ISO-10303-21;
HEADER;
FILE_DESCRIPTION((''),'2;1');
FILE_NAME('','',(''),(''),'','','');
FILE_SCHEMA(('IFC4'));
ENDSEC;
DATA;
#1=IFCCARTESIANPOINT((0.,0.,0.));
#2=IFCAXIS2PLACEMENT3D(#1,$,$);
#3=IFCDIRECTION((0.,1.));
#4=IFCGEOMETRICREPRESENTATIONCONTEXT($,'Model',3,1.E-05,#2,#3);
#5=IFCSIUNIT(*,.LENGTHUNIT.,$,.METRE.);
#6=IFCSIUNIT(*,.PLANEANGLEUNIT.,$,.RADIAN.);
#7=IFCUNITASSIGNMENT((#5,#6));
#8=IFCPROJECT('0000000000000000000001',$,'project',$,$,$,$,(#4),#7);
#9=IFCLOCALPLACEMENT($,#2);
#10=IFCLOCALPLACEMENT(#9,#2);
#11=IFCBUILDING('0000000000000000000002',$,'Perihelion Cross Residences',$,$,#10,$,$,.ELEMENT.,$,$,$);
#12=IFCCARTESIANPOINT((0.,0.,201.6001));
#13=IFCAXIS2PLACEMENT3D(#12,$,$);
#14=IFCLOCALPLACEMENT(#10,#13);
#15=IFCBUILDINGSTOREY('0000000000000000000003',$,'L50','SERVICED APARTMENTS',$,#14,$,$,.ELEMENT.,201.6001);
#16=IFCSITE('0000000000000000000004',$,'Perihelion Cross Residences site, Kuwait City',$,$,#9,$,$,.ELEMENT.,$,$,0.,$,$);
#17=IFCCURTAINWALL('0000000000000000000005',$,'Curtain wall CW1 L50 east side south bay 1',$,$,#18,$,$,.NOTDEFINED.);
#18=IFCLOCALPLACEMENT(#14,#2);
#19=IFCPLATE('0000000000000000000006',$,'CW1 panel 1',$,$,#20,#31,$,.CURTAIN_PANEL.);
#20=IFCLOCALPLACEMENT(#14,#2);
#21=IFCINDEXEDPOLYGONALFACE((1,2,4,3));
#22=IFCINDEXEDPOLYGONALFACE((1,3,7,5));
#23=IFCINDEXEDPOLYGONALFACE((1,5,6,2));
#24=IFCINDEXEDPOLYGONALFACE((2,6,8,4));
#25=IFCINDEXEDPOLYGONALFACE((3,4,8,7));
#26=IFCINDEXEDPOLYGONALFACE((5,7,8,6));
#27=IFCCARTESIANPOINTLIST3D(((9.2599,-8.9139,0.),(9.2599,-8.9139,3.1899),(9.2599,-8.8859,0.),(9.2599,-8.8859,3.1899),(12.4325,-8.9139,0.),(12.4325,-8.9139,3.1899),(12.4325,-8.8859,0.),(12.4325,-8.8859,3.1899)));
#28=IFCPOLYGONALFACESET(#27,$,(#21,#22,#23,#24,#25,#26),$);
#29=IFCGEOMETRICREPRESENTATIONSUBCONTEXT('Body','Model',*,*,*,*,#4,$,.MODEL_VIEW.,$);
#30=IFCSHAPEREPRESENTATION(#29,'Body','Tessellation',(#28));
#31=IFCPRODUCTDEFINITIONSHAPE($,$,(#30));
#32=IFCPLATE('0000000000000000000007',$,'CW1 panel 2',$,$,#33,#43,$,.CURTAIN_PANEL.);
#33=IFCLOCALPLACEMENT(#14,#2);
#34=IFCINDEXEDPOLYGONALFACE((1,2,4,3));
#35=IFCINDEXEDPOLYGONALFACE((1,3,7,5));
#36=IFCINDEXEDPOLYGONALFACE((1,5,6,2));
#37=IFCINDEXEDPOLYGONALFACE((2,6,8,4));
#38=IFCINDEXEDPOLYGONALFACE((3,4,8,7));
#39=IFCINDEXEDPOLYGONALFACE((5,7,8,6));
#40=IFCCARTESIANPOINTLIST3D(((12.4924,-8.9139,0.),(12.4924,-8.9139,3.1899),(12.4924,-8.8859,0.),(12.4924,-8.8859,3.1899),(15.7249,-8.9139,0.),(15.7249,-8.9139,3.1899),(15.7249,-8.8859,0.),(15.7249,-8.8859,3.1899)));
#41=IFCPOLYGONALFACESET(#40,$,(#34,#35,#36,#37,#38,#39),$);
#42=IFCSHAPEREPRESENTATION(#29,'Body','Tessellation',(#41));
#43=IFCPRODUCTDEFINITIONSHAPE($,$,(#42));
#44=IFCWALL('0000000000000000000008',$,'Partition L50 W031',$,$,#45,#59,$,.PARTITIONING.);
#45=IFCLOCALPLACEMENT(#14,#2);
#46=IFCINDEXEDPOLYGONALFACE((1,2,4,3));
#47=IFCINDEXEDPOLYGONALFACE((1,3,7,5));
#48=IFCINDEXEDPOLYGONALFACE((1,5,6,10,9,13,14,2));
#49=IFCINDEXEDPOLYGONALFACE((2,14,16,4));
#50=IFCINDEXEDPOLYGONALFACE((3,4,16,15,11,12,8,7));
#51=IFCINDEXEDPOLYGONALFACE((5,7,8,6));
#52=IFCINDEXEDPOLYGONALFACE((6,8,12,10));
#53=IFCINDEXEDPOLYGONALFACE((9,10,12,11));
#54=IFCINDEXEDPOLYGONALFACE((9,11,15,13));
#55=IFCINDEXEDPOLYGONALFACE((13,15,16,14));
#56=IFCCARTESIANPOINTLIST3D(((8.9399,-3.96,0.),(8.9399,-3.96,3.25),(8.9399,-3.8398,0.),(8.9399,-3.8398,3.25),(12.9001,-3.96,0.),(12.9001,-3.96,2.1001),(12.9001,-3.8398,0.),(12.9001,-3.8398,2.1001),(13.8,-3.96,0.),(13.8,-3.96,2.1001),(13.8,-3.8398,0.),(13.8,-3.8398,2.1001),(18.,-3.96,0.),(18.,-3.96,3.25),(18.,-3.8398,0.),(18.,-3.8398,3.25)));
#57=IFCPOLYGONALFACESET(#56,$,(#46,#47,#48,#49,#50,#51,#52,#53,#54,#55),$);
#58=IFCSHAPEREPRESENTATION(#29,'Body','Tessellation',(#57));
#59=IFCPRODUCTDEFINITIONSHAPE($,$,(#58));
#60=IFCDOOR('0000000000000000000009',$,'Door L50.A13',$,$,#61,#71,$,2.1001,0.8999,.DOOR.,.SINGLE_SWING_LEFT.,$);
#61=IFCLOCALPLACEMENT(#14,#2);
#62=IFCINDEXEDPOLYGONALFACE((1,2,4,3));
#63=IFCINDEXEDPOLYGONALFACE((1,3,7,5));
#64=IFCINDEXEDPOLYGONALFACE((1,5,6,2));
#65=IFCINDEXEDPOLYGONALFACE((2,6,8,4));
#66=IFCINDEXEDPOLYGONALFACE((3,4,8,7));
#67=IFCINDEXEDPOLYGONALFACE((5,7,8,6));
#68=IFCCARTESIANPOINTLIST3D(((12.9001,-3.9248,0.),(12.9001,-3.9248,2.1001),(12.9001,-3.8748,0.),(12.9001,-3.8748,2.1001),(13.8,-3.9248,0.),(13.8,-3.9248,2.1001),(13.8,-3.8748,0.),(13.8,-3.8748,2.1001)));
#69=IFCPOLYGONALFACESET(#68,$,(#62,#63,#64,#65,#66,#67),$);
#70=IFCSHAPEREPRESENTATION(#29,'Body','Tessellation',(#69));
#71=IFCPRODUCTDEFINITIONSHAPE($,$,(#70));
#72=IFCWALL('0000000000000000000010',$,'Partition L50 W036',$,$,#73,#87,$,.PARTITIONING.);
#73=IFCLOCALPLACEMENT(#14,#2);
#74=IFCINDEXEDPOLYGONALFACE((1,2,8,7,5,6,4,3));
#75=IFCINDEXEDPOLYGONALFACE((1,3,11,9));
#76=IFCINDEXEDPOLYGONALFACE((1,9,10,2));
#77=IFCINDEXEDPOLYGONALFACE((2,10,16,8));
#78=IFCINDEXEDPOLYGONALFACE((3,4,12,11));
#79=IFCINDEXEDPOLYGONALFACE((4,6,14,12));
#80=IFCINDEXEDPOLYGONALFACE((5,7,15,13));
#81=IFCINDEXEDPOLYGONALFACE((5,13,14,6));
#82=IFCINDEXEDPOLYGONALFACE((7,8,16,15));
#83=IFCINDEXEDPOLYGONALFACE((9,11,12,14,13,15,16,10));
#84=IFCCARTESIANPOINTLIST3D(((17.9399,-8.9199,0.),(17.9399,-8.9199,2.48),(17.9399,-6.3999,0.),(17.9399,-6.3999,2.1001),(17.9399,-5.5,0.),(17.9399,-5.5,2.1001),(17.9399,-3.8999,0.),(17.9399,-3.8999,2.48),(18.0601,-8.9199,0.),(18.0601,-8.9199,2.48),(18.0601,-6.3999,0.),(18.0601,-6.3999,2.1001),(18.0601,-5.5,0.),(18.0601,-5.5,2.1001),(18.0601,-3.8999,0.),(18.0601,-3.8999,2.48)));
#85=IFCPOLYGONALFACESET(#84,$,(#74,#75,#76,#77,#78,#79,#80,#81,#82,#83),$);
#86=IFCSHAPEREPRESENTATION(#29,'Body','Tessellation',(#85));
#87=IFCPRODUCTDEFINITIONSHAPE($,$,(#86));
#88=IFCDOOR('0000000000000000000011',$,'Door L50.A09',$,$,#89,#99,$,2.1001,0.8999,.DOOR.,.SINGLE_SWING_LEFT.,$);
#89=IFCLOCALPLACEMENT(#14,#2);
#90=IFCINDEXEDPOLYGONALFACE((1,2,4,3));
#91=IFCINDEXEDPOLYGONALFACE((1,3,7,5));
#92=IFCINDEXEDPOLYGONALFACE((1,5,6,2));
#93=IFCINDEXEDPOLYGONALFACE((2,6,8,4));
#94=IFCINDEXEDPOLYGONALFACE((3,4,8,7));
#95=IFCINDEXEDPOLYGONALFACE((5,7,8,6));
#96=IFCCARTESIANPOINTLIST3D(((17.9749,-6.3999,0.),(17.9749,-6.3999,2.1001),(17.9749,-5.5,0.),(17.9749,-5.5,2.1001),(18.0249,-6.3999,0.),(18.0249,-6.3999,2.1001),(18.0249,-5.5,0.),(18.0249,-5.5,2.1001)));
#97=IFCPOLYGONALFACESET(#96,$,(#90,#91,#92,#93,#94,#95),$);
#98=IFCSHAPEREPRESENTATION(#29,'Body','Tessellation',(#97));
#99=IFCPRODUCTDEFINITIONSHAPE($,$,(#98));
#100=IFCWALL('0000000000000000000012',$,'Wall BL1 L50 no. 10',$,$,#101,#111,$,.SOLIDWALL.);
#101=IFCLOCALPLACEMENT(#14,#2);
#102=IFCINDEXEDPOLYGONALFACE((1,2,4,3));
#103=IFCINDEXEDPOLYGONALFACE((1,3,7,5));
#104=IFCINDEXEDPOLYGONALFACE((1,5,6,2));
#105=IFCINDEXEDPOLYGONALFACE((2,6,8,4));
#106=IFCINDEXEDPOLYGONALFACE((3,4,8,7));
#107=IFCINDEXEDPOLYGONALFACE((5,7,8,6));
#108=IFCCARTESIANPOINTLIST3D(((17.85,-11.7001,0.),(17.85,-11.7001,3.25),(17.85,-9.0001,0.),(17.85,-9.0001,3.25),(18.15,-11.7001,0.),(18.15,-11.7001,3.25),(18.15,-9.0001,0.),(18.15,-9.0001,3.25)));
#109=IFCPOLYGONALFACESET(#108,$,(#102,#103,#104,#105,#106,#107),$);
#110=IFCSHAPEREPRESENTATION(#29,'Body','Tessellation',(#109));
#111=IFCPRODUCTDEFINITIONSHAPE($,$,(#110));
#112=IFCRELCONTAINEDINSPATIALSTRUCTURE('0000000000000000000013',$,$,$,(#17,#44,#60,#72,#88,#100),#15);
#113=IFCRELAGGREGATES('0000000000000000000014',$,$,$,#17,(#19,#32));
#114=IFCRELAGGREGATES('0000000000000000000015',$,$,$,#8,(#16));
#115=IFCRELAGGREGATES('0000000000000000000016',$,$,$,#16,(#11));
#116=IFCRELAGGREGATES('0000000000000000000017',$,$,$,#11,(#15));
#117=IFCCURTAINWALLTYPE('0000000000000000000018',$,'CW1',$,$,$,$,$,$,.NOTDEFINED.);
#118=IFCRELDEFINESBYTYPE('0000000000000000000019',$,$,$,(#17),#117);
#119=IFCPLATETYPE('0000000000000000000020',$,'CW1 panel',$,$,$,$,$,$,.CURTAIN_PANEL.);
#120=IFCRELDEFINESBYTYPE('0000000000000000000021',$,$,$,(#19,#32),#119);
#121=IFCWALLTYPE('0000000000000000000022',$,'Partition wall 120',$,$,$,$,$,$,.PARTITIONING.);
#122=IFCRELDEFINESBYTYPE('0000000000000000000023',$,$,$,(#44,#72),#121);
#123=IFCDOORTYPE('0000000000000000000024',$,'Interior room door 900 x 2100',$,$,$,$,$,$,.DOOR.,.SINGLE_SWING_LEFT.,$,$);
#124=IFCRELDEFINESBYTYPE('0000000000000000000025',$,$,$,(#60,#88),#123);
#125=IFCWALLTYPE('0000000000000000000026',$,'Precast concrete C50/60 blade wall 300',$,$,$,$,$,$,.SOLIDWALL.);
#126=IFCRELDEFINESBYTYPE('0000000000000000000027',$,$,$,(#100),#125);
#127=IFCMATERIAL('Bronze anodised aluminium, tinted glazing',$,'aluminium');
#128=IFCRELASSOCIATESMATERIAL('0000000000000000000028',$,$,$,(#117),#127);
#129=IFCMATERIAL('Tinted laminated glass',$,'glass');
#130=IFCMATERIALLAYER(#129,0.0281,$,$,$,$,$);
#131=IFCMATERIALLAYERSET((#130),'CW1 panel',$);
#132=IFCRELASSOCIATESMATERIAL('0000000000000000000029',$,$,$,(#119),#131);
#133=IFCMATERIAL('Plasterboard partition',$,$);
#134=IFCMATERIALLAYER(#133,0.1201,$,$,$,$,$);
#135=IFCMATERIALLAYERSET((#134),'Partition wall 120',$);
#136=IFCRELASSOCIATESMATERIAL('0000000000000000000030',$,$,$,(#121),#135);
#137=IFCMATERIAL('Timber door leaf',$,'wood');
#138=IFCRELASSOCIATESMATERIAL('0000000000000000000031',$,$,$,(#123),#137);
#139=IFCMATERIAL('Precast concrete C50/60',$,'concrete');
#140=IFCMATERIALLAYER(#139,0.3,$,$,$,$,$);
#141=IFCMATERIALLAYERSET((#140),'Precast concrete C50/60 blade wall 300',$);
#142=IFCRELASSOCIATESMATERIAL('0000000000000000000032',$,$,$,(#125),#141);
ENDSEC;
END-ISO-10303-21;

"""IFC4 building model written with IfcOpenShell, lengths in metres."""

from ifc_helpers import new_model, si_unit, direction, frame, frame_2d, origin, origin_2d, place, context, subcontext, project, spatial, rectangle, extrude, material, layer, layer_set, type_object, element, fill, aggregate, save


model = new_model("IFC4")

# Units and contexts
model_context = context("Model", 3, precision=1e-05, world=origin(), true_north=direction((0.0, 1.0)))
body_context = subcontext(model_context, "Body", "Model", "MODEL_VIEW")
ifc_project = project(units=[si_unit("LENGTHUNIT", "METRE"), si_unit("PLANEANGLEUNIT", "RADIAN")], contexts=[model_context])

# Site, building, storey
site_placement = place(None, origin())
site = spatial("IfcSite", under=ifc_project, at=site_placement, Name="Perihelion Cross Residences site, Kuwait City", CompositionType="ELEMENT", RefElevation=0.0)
building_placement = place(site_placement, origin())
building = spatial("IfcBuilding", under=site, at=building_placement, Name="Perihelion Cross Residences", CompositionType="ELEMENT")
storey_placement = place(building_placement, frame((0.0, 0.0, 201.6001)))
storey = spatial("IfcBuildingStorey", under=building, at=storey_placement, Name="L50", Description="SERVICED APARTMENTS", CompositionType="ELEMENT", Elevation=201.6001)

# Curtain wall
ifc_material_1 = material(Name="Bronze anodised aluminium, tinted glazing", Category="aluminium")
curtain_wall_type = type_object("IfcCurtainWallType", Name="CW1", PredefinedType="NOTDEFINED", material=ifc_material_1)
curtain_wall_placement = place(storey_placement, origin())
curtain_wall = element("IfcCurtainWall", 1, at=curtain_wall_placement, inside=storey, type_object=curtain_wall_type, Name="Curtain wall CW1 L50 east side south bay 1", PredefinedType="NOTDEFINED")

# Plates
ifc_material_2 = material(Name="Tinted laminated glass", Category="glass")
ifc_layer_1 = layer(ifc_material_2, 0.0281)
ifc_layer_set_1 = layer_set([ifc_layer_1], Name="CW1 panel")
plate_type = type_object("IfcPlateType", Name="CW1 panel", PredefinedType="CURTAIN_PANEL", material=ifc_layer_set_1)
plate_1_placement = place(storey_placement, frame((10.8462, -8.8999, 0.0), z_axis=(0.0, 0.0, 1.0), x_axis=(1.0, 0.0, 0.0)))
plate_1 = element("IfcPlate", 2, at=plate_1_placement, type_object=plate_type, Name="CW1 panel 1", PredefinedType="CURTAIN_PANEL", context=body_context, shape_type="SweptSolid", body=[
    extrude(rectangle(XDim=3.1726, YDim=0.0281, at=origin_2d()), origin(), (0.0, 0.0, 1.0), 3.1899),
])
plate_2_placement = place(storey_placement, frame((14.1086, -8.8999, 0.0), z_axis=(0.0, 0.0, 1.0), x_axis=(1.0, 0.0, 0.0)))
plate_2 = element("IfcPlate", 3, at=plate_2_placement, type_object=plate_type, Name="CW1 panel 2", PredefinedType="CURTAIN_PANEL", context=body_context, shape_type="SweptSolid", body=[
    extrude(rectangle(XDim=3.2324, YDim=0.0281, at=origin_2d()), origin(), (0.0, 0.0, 1.0), 3.1899),
])
aggregate(curtain_wall, [plate_1, plate_2])

# Walls, openings, doors
ifc_material_3 = material(Name="Plasterboard partition")
ifc_layer_2 = layer(ifc_material_3, 0.1201)
ifc_layer_set_2 = layer_set([ifc_layer_2], Name="Partition wall 120")
wall_type_1 = type_object("IfcWallType", Name="Partition wall 120", PredefinedType="PARTITIONING", material=ifc_layer_set_2)
wall_1_placement = place(storey_placement, frame((18.0, -3.8999, 0.0), z_axis=(0.0, 0.0, 1.0), x_axis=(-1.0, 0.0, 0.0)))
wall_1 = element("IfcWall", 4, at=wall_1_placement, inside=storey, type_object=wall_type_1, Name="Partition L50 W031", PredefinedType="PARTITIONING", context=body_context, shape_type="SweptSolid", body=[
    extrude(rectangle(XDim=9.0601, YDim=0.1201, at=frame_2d((4.53, 0.0))), origin(), (0.0, 0.0, 1.0), 3.25),
])
opening_1_placement = place(wall_1_placement, frame((4.2, 0.0, 0.0)))
opening_1 = element("IfcOpeningElement", 5, at=opening_1_placement, cuts=wall_1, PredefinedType="OPENING", context=body_context, shape_type="SweptSolid", body=[
    extrude(rectangle(XDim=0.8999, YDim=2.1001, at=frame_2d((0.45, 1.05))), frame((0.0, 0.0701, 0.0), z_axis=(0.0, -1.0, 0.0), x_axis=(1.0, 0.0, 0.0)), (0.0, 0.0, 1.0), 0.1401),
])
ifc_material_4 = material(Name="Timber door leaf", Category="wood")
door_type_1 = type_object("IfcDoorType", Name="Interior room door 900 x 2100", OperationType="SINGLE_SWING_LEFT", PredefinedType="DOOR", material=ifc_material_4)
door_1_placement = place(opening_1_placement, origin())
door_1 = element("IfcDoor", 6, at=door_1_placement, inside=storey, type_object=door_type_1, Name="Door L50.A13", OperationType="SINGLE_SWING_LEFT", OverallHeight=2.1001, OverallWidth=0.8999, PredefinedType="DOOR", context=body_context, shape_type="SweptSolid", body=[
    extrude(rectangle(XDim=0.8999, YDim=2.1001, at=frame_2d((0.45, 1.05))), frame((0.0, 0.0249, 0.0), z_axis=(0.0, -1.0, 0.0), x_axis=(1.0, 0.0, 0.0)), (0.0, 0.0, 1.0), 0.05),
])
fill(opening_1, door_1)
wall_2_placement = place(storey_placement, frame((18.0, -3.8999, 0.0), z_axis=(0.0, 0.0, 1.0), x_axis=(0.0, -1.0, 0.0)))
wall_2 = element("IfcWall", 7, at=wall_2_placement, inside=storey, type_object=wall_type_1, Name="Partition L50 W036", PredefinedType="PARTITIONING", context=body_context, shape_type="SweptSolid", body=[
    extrude(rectangle(XDim=5.02, YDim=0.1201, at=frame_2d((2.51, 0.0))), origin(), (0.0, 0.0, 1.0), 2.48),
])
opening_2_placement = place(wall_2_placement, frame((1.6001, 0.0, 0.0)))
opening_2 = element("IfcOpeningElement", 8, at=opening_2_placement, cuts=wall_2, PredefinedType="OPENING", context=body_context, shape_type="SweptSolid", body=[
    extrude(rectangle(XDim=0.8999, YDim=2.1001, at=frame_2d((0.45, 1.05))), frame((0.0, 0.0701, 0.0), z_axis=(0.0, -1.0, 0.0), x_axis=(1.0, 0.0, 0.0)), (0.0, 0.0, 1.0), 0.1401),
])
door_2_placement = place(opening_2_placement, origin())
door_2 = element("IfcDoor", 9, at=door_2_placement, inside=storey, type_object=door_type_1, Name="Door L50.A09", OperationType="SINGLE_SWING_LEFT", OverallHeight=2.1001, OverallWidth=0.8999, PredefinedType="DOOR", context=body_context, shape_type="SweptSolid", body=[
    extrude(rectangle(XDim=0.8999, YDim=2.1001, at=frame_2d((0.45, 1.05))), frame((0.0, 0.0249, 0.0), z_axis=(0.0, -1.0, 0.0), x_axis=(1.0, 0.0, 0.0)), (0.0, 0.0, 1.0), 0.05),
])
fill(opening_2, door_2)

# Wall
ifc_material_5 = material(Name="Precast concrete C50/60", Category="concrete")
ifc_layer_3 = layer(ifc_material_5, 0.3)
ifc_layer_set_3 = layer_set([ifc_layer_3], Name="Precast concrete C50/60 blade wall 300")
wall_type_2 = type_object("IfcWallType", Name="Precast concrete C50/60 blade wall 300", PredefinedType="SOLIDWALL", material=ifc_layer_set_3)
wall_3_placement = place(storey_placement, frame((18.0, -9.0, 0.0), z_axis=(0.0, 0.0, 1.0), x_axis=(0.0, -1.0, 0.0)))
element("IfcWall", 10, at=wall_3_placement, inside=storey, type_object=wall_type_2, Name="Wall BL1 L50 no. 10", PredefinedType="SOLIDWALL", context=body_context, shape_type="SweptSolid", body=[
    extrude(rectangle(XDim=2.7, YDim=0.3, at=frame_2d((1.3501, 0.0))), origin(), (0.0, 0.0, 1.0), 3.25),
])

save(model, "model.ifc")
